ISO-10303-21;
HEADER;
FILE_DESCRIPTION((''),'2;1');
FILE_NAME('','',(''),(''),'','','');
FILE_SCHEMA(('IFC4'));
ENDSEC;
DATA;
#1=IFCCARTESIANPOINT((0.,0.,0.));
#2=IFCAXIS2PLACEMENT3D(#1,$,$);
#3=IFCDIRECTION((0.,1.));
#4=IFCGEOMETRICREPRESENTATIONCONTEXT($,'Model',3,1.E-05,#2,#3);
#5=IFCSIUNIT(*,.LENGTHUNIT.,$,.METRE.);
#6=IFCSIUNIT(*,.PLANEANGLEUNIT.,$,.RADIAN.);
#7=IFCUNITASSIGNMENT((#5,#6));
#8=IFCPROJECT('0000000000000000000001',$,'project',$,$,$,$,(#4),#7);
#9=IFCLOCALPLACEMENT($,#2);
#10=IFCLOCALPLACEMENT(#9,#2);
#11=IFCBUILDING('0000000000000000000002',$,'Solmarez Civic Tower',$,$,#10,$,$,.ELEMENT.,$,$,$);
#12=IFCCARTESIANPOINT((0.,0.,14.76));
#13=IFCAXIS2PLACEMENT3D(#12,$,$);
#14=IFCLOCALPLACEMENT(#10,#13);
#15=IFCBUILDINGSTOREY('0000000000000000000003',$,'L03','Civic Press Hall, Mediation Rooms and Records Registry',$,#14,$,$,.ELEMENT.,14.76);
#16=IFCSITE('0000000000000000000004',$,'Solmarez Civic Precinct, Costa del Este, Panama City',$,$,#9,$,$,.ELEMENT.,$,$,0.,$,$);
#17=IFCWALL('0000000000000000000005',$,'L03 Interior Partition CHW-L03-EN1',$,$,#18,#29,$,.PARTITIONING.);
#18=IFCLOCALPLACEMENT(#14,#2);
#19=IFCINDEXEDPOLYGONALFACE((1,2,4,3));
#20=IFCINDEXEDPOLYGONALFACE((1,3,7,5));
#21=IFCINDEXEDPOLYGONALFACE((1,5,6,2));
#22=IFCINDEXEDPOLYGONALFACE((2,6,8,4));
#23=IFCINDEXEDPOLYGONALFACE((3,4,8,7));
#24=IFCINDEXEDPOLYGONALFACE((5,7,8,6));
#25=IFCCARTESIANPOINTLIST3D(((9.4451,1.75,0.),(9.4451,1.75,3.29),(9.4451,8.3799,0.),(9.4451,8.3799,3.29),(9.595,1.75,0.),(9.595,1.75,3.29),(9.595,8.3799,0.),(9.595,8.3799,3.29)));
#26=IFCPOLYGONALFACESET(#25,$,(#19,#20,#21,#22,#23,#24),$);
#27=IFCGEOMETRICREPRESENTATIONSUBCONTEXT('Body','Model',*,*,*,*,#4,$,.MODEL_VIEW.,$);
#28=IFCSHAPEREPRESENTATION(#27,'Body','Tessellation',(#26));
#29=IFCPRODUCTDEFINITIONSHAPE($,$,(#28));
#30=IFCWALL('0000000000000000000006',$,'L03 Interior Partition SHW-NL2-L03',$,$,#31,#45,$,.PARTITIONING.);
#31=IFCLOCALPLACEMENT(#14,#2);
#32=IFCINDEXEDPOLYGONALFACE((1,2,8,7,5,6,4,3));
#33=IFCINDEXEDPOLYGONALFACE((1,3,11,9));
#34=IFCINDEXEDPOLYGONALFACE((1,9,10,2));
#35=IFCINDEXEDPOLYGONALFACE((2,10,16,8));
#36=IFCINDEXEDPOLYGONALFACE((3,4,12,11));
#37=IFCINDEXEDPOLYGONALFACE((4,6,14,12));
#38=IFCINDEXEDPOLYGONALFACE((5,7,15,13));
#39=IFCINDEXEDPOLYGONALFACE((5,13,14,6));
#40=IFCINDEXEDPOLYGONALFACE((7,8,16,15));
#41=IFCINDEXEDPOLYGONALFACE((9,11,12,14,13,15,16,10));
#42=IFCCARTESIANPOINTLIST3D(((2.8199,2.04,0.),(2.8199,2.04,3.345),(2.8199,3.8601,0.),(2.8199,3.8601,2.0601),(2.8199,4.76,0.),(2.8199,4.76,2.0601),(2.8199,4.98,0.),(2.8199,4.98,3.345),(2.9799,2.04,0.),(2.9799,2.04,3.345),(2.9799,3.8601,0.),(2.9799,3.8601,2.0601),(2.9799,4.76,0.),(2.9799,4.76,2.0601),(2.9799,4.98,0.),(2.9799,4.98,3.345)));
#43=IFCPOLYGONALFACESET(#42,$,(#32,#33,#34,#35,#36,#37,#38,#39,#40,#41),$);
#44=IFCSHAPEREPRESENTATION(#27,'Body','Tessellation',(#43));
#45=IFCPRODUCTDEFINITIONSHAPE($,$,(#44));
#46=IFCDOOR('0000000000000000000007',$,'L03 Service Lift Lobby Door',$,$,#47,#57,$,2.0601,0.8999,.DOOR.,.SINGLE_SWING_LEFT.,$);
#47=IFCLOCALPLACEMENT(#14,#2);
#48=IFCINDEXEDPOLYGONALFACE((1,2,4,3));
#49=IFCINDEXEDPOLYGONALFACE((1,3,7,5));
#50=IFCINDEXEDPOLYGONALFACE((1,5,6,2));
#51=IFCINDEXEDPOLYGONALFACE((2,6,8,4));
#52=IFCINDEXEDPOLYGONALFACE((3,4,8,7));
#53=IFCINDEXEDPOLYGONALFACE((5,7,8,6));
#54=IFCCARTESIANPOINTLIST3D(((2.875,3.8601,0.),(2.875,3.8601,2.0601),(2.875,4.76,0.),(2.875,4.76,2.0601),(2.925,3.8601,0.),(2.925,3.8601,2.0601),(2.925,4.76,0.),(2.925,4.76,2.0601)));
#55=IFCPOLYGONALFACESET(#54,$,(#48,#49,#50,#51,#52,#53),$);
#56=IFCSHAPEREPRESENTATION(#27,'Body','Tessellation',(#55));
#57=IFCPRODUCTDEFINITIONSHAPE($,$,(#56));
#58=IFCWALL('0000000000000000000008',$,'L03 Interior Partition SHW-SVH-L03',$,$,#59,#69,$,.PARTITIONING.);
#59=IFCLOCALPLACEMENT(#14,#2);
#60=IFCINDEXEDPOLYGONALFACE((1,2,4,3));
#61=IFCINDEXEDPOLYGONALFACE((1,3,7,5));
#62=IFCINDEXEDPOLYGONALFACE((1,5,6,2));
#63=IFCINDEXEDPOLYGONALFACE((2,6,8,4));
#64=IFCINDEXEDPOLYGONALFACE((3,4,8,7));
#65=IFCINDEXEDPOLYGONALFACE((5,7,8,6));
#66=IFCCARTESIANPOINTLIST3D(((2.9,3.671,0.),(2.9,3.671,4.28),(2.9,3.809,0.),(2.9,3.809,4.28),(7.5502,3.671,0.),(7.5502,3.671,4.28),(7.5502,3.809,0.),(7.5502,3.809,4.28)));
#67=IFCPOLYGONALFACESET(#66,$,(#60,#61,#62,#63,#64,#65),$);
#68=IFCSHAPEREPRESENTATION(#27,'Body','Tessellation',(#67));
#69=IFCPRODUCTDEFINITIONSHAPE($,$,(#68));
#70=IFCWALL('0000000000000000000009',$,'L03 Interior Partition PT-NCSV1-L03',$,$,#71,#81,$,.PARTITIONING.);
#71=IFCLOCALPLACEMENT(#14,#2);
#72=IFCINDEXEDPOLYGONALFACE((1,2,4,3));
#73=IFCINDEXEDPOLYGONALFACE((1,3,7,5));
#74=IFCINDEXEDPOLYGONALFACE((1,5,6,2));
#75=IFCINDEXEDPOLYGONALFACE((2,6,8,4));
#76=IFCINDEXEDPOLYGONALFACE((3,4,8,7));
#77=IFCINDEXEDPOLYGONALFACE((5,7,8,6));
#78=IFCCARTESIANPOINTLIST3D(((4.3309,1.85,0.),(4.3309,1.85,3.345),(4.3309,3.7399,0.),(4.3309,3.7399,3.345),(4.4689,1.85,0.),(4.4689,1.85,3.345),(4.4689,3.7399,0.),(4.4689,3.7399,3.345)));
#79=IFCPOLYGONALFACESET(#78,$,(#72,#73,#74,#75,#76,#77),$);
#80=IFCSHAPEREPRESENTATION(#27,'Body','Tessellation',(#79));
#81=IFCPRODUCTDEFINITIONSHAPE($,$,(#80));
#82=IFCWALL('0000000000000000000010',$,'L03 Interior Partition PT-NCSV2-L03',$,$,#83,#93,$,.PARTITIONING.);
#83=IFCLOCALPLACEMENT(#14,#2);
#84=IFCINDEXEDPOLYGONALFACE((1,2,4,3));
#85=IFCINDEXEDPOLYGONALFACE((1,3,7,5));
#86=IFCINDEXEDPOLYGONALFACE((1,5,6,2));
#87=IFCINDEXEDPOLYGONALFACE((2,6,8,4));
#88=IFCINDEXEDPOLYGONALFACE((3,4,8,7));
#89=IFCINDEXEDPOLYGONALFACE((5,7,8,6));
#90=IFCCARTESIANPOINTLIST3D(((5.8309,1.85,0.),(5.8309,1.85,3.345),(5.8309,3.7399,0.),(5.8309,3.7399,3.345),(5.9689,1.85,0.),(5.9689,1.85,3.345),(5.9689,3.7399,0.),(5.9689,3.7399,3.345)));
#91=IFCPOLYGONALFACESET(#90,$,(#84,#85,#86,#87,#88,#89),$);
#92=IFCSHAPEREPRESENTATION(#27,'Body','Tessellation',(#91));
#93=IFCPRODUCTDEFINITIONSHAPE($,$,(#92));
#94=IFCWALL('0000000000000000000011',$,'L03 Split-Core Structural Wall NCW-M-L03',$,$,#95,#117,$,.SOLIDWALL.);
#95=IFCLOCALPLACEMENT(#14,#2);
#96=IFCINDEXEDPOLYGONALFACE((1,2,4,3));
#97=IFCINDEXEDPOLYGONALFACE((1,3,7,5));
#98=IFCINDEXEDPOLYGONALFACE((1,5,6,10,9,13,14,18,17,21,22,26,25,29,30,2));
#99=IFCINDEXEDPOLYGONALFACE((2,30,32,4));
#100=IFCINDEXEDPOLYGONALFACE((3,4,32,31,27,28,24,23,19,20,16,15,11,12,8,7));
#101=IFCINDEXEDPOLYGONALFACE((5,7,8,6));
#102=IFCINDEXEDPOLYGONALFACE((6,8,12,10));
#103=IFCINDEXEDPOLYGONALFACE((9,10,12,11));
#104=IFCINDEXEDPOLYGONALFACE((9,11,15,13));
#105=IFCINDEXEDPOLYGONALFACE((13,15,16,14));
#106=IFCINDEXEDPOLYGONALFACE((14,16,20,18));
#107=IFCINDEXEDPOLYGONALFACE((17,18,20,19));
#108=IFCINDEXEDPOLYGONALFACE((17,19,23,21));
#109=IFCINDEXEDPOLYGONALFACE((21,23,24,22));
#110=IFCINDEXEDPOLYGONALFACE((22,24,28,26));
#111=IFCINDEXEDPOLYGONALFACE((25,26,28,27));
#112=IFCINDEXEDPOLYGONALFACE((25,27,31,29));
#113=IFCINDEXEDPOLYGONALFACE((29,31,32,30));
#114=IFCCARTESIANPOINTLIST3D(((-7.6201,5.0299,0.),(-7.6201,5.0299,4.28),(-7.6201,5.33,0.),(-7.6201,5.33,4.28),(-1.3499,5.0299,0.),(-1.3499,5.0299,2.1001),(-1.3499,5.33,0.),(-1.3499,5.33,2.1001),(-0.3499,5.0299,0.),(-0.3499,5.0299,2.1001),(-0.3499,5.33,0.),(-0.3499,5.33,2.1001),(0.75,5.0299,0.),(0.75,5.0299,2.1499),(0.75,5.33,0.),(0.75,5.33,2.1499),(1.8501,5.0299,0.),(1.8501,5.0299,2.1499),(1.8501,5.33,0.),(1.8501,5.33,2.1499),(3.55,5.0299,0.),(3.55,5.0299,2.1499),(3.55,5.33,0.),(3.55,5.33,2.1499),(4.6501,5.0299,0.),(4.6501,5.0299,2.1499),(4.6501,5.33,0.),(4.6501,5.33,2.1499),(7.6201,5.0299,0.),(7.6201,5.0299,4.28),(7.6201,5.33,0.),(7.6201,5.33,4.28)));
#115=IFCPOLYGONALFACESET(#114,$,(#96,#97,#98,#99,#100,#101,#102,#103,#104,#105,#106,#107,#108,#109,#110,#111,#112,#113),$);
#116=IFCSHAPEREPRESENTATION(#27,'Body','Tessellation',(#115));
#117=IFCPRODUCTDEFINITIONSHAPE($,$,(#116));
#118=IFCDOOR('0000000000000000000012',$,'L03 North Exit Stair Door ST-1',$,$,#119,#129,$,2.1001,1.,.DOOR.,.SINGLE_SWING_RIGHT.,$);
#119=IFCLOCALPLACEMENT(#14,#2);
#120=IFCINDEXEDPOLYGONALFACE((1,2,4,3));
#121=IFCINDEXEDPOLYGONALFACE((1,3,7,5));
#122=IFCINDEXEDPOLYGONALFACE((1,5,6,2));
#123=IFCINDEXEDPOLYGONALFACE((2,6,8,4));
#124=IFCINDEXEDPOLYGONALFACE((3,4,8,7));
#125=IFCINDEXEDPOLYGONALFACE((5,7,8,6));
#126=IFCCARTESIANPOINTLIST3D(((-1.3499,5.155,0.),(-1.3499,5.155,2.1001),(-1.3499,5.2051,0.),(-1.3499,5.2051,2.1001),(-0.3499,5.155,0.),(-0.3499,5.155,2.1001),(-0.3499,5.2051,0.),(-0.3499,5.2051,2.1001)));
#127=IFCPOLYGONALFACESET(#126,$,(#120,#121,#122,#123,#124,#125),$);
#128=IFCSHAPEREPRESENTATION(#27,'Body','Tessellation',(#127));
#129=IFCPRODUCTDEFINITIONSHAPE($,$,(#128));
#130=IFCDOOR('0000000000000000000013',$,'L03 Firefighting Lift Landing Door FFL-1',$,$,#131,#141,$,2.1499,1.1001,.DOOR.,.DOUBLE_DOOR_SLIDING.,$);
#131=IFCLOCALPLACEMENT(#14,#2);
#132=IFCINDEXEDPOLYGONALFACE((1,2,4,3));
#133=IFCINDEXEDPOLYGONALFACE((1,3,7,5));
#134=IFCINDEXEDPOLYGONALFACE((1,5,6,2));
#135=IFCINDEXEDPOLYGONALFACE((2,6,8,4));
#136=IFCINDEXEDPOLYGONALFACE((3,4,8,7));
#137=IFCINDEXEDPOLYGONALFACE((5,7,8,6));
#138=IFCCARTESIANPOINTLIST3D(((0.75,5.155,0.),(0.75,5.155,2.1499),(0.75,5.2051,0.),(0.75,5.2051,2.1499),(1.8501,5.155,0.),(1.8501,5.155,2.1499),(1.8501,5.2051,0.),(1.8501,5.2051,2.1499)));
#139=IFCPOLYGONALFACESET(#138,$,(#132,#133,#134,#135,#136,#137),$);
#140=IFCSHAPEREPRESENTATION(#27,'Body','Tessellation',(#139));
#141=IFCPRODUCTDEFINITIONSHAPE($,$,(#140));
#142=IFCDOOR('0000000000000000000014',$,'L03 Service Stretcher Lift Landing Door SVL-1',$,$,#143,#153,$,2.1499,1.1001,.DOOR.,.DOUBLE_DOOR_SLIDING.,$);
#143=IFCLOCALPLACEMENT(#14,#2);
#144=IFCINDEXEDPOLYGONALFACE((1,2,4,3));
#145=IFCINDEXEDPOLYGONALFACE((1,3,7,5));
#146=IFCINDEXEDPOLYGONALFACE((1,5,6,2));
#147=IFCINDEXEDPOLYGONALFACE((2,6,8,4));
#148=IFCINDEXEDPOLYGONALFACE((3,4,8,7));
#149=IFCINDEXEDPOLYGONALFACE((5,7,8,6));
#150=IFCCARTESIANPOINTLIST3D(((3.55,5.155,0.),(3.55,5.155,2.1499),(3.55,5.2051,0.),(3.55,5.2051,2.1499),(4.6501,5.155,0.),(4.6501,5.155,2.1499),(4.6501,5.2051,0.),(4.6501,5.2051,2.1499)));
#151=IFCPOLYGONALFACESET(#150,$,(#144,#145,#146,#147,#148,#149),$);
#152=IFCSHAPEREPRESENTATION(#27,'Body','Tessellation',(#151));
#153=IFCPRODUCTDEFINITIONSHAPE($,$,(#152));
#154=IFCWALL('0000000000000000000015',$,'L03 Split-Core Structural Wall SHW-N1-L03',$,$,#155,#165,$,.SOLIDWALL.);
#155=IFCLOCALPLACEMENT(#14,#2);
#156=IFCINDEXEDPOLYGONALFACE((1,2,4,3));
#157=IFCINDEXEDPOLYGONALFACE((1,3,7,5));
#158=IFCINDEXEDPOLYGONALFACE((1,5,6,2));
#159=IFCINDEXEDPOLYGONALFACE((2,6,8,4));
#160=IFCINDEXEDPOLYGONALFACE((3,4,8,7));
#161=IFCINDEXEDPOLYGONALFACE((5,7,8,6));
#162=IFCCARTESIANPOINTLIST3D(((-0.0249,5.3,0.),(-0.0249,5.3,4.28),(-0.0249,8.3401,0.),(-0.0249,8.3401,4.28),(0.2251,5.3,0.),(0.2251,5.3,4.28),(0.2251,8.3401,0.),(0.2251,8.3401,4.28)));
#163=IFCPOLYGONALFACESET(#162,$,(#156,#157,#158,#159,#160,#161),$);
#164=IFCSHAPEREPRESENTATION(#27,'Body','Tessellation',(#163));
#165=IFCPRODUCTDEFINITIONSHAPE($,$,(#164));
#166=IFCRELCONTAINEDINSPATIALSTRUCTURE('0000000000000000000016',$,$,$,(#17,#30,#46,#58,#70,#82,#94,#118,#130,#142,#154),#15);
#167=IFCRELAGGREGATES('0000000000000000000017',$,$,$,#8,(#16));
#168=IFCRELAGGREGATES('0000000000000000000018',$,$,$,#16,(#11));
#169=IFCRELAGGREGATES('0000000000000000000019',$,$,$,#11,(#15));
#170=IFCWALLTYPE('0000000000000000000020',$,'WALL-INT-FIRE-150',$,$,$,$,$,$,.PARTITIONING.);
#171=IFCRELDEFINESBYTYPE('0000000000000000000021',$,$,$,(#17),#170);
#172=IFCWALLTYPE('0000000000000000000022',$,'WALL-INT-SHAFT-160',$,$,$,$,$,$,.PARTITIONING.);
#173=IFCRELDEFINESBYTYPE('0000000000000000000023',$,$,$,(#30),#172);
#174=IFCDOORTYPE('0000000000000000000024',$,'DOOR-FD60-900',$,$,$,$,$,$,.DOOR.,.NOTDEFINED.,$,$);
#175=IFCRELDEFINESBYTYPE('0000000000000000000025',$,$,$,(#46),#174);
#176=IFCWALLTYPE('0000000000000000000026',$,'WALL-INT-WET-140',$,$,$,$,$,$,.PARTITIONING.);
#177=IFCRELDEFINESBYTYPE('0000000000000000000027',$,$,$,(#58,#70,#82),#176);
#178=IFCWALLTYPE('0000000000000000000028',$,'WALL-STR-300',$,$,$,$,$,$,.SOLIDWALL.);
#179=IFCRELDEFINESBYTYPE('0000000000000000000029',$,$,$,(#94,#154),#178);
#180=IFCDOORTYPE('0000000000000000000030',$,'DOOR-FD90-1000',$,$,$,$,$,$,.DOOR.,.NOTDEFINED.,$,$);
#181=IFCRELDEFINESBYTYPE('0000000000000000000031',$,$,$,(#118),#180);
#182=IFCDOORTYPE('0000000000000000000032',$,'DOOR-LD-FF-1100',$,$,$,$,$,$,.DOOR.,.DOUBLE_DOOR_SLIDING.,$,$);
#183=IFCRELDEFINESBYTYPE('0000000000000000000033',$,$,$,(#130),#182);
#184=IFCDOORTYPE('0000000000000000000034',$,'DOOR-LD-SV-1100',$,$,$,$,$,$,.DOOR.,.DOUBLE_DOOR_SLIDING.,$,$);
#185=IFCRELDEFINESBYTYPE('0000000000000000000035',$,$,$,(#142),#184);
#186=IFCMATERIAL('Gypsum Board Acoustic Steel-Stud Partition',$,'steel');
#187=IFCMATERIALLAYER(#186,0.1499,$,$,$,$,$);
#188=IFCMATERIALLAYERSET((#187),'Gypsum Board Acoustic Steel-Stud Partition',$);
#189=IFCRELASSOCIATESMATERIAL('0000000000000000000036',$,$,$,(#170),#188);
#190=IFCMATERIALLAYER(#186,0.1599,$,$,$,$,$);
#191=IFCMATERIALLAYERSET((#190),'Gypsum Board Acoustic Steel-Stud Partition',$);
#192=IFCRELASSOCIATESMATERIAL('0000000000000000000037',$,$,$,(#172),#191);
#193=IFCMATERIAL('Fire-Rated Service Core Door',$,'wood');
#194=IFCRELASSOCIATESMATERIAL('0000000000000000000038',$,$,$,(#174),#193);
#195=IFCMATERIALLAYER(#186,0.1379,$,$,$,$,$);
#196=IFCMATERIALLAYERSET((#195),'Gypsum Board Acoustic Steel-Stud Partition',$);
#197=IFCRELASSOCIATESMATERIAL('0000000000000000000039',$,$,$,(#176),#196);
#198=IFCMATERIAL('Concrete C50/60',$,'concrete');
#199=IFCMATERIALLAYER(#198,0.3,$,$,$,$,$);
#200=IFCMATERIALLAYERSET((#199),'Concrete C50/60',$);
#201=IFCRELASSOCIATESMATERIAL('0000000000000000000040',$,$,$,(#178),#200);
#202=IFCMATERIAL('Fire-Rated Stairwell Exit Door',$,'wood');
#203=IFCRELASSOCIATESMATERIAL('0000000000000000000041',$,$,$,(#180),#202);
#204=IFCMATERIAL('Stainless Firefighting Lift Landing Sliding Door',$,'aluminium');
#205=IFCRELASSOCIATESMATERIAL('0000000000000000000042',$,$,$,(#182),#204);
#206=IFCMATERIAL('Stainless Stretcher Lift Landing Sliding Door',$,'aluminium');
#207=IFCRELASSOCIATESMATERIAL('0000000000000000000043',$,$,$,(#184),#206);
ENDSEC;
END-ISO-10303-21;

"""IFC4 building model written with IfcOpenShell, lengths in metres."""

from ifc_helpers import new_model, si_unit, direction, frame, frame_2d, origin, place, context, subcontext, project, spatial, rectangle, extrude, material, layer, layer_set, type_object, element, fill, save


model = new_model("IFC4")

# Units and contexts
model_context = context("Model", 3, precision=1e-05, world=origin(), true_north=direction((0.0, 1.0)))
body_context = subcontext(model_context, "Body", "Model", "MODEL_VIEW")
ifc_project = project(units=[si_unit("LENGTHUNIT", "METRE"), si_unit("PLANEANGLEUNIT", "RADIAN")], contexts=[model_context])

# Site, building, storey
site_placement = place(None, origin())
site = spatial("IfcSite", under=ifc_project, at=site_placement, Name="Solmarez Civic Precinct, Costa del Este, Panama City", CompositionType="ELEMENT", RefElevation=0.0)
building_placement = place(site_placement, origin())
building = spatial("IfcBuilding", under=site, at=building_placement, Name="Solmarez Civic Tower", CompositionType="ELEMENT")
storey_placement = place(building_placement, frame((0.0, 0.0, 14.76)))
storey = spatial("IfcBuildingStorey", under=building, at=storey_placement, Name="L03", Description="Civic Press Hall, Mediation Rooms and Records Registry", CompositionType="ELEMENT", Elevation=14.76)

# Wall
ifc_material_1 = material(Name="Gypsum Board Acoustic Steel-Stud Partition", Category="steel")
ifc_layer_1 = layer(ifc_material_1, 0.1499)
ifc_layer_set_1 = layer_set([ifc_layer_1], Name="Gypsum Board Acoustic Steel-Stud Partition")
wall_type_1 = type_object("IfcWallType", Name="WALL-INT-FIRE-150", PredefinedType="PARTITIONING", material=ifc_layer_set_1)
wall_1_placement = place(storey_placement, frame((9.52, 1.75, 0.0), z_axis=(0.0, 0.0, 1.0), x_axis=(0.0, 1.0, 0.0)))
element("IfcWall", 1, at=wall_1_placement, inside=storey, type_object=wall_type_1, Name="L03 Interior Partition CHW-L03-EN1", PredefinedType="PARTITIONING", context=body_context, shape_type="SweptSolid", body=[
    extrude(rectangle(XDim=6.6299, YDim=0.1499, at=frame_2d((3.3149, 0.0))), origin(), (0.0, 0.0, 1.0), 3.29),
])

# Wall, opening, door
ifc_layer_2 = layer(ifc_material_1, 0.1599)
ifc_layer_set_2 = layer_set([ifc_layer_2], Name="Gypsum Board Acoustic Steel-Stud Partition")
wall_type_2 = type_object("IfcWallType", Name="WALL-INT-SHAFT-160", PredefinedType="PARTITIONING", material=ifc_layer_set_2)
wall_2_placement = place(storey_placement, frame((2.8999, 2.04, 0.0), z_axis=(0.0, 0.0, 1.0), x_axis=(0.0, 1.0, 0.0)))
wall_2 = element("IfcWall", 2, at=wall_2_placement, inside=storey, type_object=wall_type_2, Name="L03 Interior Partition SHW-NL2-L03", PredefinedType="PARTITIONING", context=body_context, shape_type="SweptSolid", body=[
    extrude(rectangle(XDim=2.9399, YDim=0.1599, at=frame_2d((1.47, 0.0))), origin(), (0.0, 0.0, 1.0), 3.345),
])
opening_1_placement = place(wall_2_placement, frame((1.8201, 0.0, 0.0)))
opening_1 = element("IfcOpeningElement", 3, at=opening_1_placement, cuts=wall_2, PredefinedType="OPENING", context=body_context, shape_type="SweptSolid", body=[
    extrude(rectangle(XDim=0.8999, YDim=2.0601, at=frame_2d((0.45, 1.03))), frame((0.0, 0.0898, 0.0), z_axis=(0.0, -1.0, 0.0), x_axis=(1.0, 0.0, 0.0)), (0.0, 0.0, 1.0), 0.1799),
])
ifc_material_2 = material(Name="Fire-Rated Service Core Door", Category="wood")
door_type_1 = type_object("IfcDoorType", Name="DOOR-FD60-900", OperationType="NOTDEFINED", PredefinedType="DOOR", material=ifc_material_2)
door_1_placement = place(opening_1_placement, origin())
door_1 = element("IfcDoor", 4, at=door_1_placement, inside=storey, type_object=door_type_1, Name="L03 Service Lift Lobby Door", OperationType="SINGLE_SWING_LEFT", OverallHeight=2.0601, OverallWidth=0.8999, PredefinedType="DOOR", context=body_context, shape_type="SweptSolid", body=[
    extrude(rectangle(XDim=0.8999, YDim=2.0601, at=frame_2d((0.45, 1.03))), frame((0.0, 0.0249, 0.0), z_axis=(0.0, -1.0, 0.0), x_axis=(1.0, 0.0, 0.0)), (0.0, 0.0, 1.0), 0.05),
])
fill(opening_1, door_1)

# Walls
ifc_layer_3 = layer(ifc_material_1, 0.1379)
ifc_layer_set_3 = layer_set([ifc_layer_3], Name="Gypsum Board Acoustic Steel-Stud Partition")
wall_type_3 = type_object("IfcWallType", Name="WALL-INT-WET-140", PredefinedType="PARTITIONING", material=ifc_layer_set_3)
wall_3_placement = place(storey_placement, frame((2.8999, 3.74, 0.0), z_axis=(0.0, 0.0, 1.0), x_axis=(1.0, 0.0, 0.0)))
element("IfcWall", 5, at=wall_3_placement, inside=storey, type_object=wall_type_3, Name="L03 Interior Partition SHW-SVH-L03", PredefinedType="PARTITIONING", context=body_context, shape_type="SweptSolid", body=[
    extrude(rectangle(XDim=4.6501, YDim=0.1379, at=frame_2d((2.3252, 0.0))), origin(), (0.0, 0.0, 1.0), 4.28),
])
for number, where, z_axis, x_axis, name in (
    (6, (4.3999, 1.8501, 0.0), (0.0, 0.0, 1.0), (0.0, 1.0, 0.0), "L03 Interior Partition PT-NCSV1-L03"),
    (7, (5.8999, 1.8501, 0.0), (0.0, 0.0, 1.0), (0.0, 1.0, 0.0), "L03 Interior Partition PT-NCSV2-L03"),
):
    element("IfcWall", number, at=place(storey_placement, frame(where, z_axis=z_axis, x_axis=x_axis)), inside=storey, type_object=wall_type_3, Name=name, PredefinedType="PARTITIONING", context=body_context, shape_type="SweptSolid", body=[
        extrude(rectangle(XDim=1.8899, YDim=0.1379, at=frame_2d((0.9448, 0.0))), origin(), (0.0, 0.0, 1.0), 3.345),
    ])

# Wall, openings, doors
ifc_material_3 = material(Name="Concrete C50/60", Category="concrete")
ifc_layer_4 = layer(ifc_material_3, 0.3)
ifc_layer_set_4 = layer_set([ifc_layer_4], Name="Concrete C50/60")
wall_type_4 = type_object("IfcWallType", Name="WALL-STR-300", PredefinedType="SOLIDWALL", material=ifc_layer_set_4)
wall_4_placement = place(storey_placement, frame((7.6201, 5.1799, 0.0), z_axis=(0.0, 0.0, 1.0), x_axis=(-1.0, 0.0, 0.0)))
wall_4 = element("IfcWall", 8, at=wall_4_placement, inside=storey, type_object=wall_type_4, Name="L03 Split-Core Structural Wall NCW-M-L03", PredefinedType="SOLIDWALL", context=body_context, shape_type="SweptSolid", body=[
    extrude(rectangle(XDim=15.2402, YDim=0.3, at=frame_2d((7.6201, 0.0))), origin(), (0.0, 0.0, 1.0), 4.28),
])
opening_2_placement = place(wall_4_placement, frame((5.77, 0.0, 0.0)))
opening_2 = element("IfcOpeningElement", 9, at=opening_2_placement, cuts=wall_4, PredefinedType="OPENING", context=body_context, shape_type="SweptSolid", body=[
    extrude(rectangle(XDim=1.1001, YDim=2.1499, at=frame_2d((0.55, 1.075))), frame((0.0, 0.1599, 0.0), z_axis=(0.0, -1.0, 0.0), x_axis=(1.0, 0.0, 0.0)), (0.0, 0.0, 1.0), 0.3201),
])
opening_3_placement = place(wall_4_placement, frame((2.97, 0.0, 0.0)))
opening_3 = element("IfcOpeningElement", 10, at=opening_3_placement, cuts=wall_4, PredefinedType="OPENING", context=body_context, shape_type="SweptSolid", body=[
    extrude(rectangle(XDim=1.1001, YDim=2.1499, at=frame_2d((0.55, 1.075))), frame((0.0, 0.1599, 0.0), z_axis=(0.0, -1.0, 0.0), x_axis=(1.0, 0.0, 0.0)), (0.0, 0.0, 1.0), 0.3201),
])
opening_4_placement = place(wall_4_placement, frame((7.97, 0.0, 0.0)))
opening_4 = element("IfcOpeningElement", 11, at=opening_4_placement, cuts=wall_4, PredefinedType="OPENING", context=body_context, shape_type="SweptSolid", body=[
    extrude(rectangle(XDim=1.0, YDim=2.1001, at=frame_2d((0.5, 1.05))), frame((0.0, 0.1599, 0.0), z_axis=(0.0, -1.0, 0.0), x_axis=(1.0, 0.0, 0.0)), (0.0, 0.0, 1.0), 0.3201),
])
ifc_material_4 = material(Name="Fire-Rated Stairwell Exit Door", Category="wood")
door_type_2 = type_object("IfcDoorType", Name="DOOR-FD90-1000", OperationType="NOTDEFINED", PredefinedType="DOOR", material=ifc_material_4)
door_2_placement = place(opening_4_placement, origin())
door_2 = element("IfcDoor", 12, at=door_2_placement, inside=storey, type_object=door_type_2, Name="L03 North Exit Stair Door ST-1", OperationType="SINGLE_SWING_RIGHT", OverallHeight=2.1001, OverallWidth=1.0, PredefinedType="DOOR", context=body_context, shape_type="SweptSolid", body=[
    extrude(rectangle(XDim=1.0, YDim=2.1001, at=frame_2d((0.5, 1.05))), frame((0.0, 0.0249, 0.0), z_axis=(0.0, -1.0, 0.0), x_axis=(1.0, 0.0, 0.0)), (0.0, 0.0, 1.0), 0.05),
])
fill(opening_4, door_2)
ifc_material_5 = material(Name="Stainless Firefighting Lift Landing Sliding Door", Category="aluminium")
door_type_3 = type_object("IfcDoorType", Name="DOOR-LD-FF-1100", OperationType="DOUBLE_DOOR_SLIDING", PredefinedType="DOOR", material=ifc_material_5)
door_3_placement = place(opening_2_placement, origin())
door_3 = element("IfcDoor", 13, at=door_3_placement, inside=storey, type_object=door_type_3, Name="L03 Firefighting Lift Landing Door FFL-1", OperationType="DOUBLE_DOOR_SLIDING", OverallHeight=2.1499, OverallWidth=1.1001, PredefinedType="DOOR", context=body_context, shape_type="SweptSolid", body=[
    extrude(rectangle(XDim=1.1001, YDim=2.1499, at=frame_2d((0.55, 1.075))), frame((0.0, 0.0249, 0.0), z_axis=(0.0, -1.0, 0.0), x_axis=(1.0, 0.0, 0.0)), (0.0, 0.0, 1.0), 0.05),
])
fill(opening_2, door_3)
ifc_material_6 = material(Name="Stainless Stretcher Lift Landing Sliding Door", Category="aluminium")
door_type_4 = type_object("IfcDoorType", Name="DOOR-LD-SV-1100", OperationType="DOUBLE_DOOR_SLIDING", PredefinedType="DOOR", material=ifc_material_6)
door_4_placement = place(opening_3_placement, origin())
door_4 = element("IfcDoor", 14, at=door_4_placement, inside=storey, type_object=door_type_4, Name="L03 Service Stretcher Lift Landing Door SVL-1", OperationType="DOUBLE_DOOR_SLIDING", OverallHeight=2.1499, OverallWidth=1.1001, PredefinedType="DOOR", context=body_context, shape_type="SweptSolid", body=[
    extrude(rectangle(XDim=1.1001, YDim=2.1499, at=frame_2d((0.55, 1.075))), frame((0.0, 0.0249, 0.0), z_axis=(0.0, -1.0, 0.0), x_axis=(1.0, 0.0, 0.0)), (0.0, 0.0, 1.0), 0.05),
])
fill(opening_3, door_4)

# Wall
for number, where, z_axis, x_axis, name in (
    (15, (0.1001, 5.3, 0.0), (0.0, 0.0, 1.0), (0.0, 1.0, 0.0), "L03 Split-Core Structural Wall SHW-N1-L03"),
):
    element("IfcWall", number, at=place(storey_placement, frame(where, z_axis=z_axis, x_axis=x_axis)), inside=storey, type_object=wall_type_4, Name=name, PredefinedType="SOLIDWALL", context=body_context, shape_type="SweptSolid", body=[
        extrude(rectangle(XDim=3.04, YDim=0.25, at=frame_2d((1.52, 0.0))), origin(), (0.0, 0.0, 1.0), 4.28),
    ])

save(model, "model.ifc")
